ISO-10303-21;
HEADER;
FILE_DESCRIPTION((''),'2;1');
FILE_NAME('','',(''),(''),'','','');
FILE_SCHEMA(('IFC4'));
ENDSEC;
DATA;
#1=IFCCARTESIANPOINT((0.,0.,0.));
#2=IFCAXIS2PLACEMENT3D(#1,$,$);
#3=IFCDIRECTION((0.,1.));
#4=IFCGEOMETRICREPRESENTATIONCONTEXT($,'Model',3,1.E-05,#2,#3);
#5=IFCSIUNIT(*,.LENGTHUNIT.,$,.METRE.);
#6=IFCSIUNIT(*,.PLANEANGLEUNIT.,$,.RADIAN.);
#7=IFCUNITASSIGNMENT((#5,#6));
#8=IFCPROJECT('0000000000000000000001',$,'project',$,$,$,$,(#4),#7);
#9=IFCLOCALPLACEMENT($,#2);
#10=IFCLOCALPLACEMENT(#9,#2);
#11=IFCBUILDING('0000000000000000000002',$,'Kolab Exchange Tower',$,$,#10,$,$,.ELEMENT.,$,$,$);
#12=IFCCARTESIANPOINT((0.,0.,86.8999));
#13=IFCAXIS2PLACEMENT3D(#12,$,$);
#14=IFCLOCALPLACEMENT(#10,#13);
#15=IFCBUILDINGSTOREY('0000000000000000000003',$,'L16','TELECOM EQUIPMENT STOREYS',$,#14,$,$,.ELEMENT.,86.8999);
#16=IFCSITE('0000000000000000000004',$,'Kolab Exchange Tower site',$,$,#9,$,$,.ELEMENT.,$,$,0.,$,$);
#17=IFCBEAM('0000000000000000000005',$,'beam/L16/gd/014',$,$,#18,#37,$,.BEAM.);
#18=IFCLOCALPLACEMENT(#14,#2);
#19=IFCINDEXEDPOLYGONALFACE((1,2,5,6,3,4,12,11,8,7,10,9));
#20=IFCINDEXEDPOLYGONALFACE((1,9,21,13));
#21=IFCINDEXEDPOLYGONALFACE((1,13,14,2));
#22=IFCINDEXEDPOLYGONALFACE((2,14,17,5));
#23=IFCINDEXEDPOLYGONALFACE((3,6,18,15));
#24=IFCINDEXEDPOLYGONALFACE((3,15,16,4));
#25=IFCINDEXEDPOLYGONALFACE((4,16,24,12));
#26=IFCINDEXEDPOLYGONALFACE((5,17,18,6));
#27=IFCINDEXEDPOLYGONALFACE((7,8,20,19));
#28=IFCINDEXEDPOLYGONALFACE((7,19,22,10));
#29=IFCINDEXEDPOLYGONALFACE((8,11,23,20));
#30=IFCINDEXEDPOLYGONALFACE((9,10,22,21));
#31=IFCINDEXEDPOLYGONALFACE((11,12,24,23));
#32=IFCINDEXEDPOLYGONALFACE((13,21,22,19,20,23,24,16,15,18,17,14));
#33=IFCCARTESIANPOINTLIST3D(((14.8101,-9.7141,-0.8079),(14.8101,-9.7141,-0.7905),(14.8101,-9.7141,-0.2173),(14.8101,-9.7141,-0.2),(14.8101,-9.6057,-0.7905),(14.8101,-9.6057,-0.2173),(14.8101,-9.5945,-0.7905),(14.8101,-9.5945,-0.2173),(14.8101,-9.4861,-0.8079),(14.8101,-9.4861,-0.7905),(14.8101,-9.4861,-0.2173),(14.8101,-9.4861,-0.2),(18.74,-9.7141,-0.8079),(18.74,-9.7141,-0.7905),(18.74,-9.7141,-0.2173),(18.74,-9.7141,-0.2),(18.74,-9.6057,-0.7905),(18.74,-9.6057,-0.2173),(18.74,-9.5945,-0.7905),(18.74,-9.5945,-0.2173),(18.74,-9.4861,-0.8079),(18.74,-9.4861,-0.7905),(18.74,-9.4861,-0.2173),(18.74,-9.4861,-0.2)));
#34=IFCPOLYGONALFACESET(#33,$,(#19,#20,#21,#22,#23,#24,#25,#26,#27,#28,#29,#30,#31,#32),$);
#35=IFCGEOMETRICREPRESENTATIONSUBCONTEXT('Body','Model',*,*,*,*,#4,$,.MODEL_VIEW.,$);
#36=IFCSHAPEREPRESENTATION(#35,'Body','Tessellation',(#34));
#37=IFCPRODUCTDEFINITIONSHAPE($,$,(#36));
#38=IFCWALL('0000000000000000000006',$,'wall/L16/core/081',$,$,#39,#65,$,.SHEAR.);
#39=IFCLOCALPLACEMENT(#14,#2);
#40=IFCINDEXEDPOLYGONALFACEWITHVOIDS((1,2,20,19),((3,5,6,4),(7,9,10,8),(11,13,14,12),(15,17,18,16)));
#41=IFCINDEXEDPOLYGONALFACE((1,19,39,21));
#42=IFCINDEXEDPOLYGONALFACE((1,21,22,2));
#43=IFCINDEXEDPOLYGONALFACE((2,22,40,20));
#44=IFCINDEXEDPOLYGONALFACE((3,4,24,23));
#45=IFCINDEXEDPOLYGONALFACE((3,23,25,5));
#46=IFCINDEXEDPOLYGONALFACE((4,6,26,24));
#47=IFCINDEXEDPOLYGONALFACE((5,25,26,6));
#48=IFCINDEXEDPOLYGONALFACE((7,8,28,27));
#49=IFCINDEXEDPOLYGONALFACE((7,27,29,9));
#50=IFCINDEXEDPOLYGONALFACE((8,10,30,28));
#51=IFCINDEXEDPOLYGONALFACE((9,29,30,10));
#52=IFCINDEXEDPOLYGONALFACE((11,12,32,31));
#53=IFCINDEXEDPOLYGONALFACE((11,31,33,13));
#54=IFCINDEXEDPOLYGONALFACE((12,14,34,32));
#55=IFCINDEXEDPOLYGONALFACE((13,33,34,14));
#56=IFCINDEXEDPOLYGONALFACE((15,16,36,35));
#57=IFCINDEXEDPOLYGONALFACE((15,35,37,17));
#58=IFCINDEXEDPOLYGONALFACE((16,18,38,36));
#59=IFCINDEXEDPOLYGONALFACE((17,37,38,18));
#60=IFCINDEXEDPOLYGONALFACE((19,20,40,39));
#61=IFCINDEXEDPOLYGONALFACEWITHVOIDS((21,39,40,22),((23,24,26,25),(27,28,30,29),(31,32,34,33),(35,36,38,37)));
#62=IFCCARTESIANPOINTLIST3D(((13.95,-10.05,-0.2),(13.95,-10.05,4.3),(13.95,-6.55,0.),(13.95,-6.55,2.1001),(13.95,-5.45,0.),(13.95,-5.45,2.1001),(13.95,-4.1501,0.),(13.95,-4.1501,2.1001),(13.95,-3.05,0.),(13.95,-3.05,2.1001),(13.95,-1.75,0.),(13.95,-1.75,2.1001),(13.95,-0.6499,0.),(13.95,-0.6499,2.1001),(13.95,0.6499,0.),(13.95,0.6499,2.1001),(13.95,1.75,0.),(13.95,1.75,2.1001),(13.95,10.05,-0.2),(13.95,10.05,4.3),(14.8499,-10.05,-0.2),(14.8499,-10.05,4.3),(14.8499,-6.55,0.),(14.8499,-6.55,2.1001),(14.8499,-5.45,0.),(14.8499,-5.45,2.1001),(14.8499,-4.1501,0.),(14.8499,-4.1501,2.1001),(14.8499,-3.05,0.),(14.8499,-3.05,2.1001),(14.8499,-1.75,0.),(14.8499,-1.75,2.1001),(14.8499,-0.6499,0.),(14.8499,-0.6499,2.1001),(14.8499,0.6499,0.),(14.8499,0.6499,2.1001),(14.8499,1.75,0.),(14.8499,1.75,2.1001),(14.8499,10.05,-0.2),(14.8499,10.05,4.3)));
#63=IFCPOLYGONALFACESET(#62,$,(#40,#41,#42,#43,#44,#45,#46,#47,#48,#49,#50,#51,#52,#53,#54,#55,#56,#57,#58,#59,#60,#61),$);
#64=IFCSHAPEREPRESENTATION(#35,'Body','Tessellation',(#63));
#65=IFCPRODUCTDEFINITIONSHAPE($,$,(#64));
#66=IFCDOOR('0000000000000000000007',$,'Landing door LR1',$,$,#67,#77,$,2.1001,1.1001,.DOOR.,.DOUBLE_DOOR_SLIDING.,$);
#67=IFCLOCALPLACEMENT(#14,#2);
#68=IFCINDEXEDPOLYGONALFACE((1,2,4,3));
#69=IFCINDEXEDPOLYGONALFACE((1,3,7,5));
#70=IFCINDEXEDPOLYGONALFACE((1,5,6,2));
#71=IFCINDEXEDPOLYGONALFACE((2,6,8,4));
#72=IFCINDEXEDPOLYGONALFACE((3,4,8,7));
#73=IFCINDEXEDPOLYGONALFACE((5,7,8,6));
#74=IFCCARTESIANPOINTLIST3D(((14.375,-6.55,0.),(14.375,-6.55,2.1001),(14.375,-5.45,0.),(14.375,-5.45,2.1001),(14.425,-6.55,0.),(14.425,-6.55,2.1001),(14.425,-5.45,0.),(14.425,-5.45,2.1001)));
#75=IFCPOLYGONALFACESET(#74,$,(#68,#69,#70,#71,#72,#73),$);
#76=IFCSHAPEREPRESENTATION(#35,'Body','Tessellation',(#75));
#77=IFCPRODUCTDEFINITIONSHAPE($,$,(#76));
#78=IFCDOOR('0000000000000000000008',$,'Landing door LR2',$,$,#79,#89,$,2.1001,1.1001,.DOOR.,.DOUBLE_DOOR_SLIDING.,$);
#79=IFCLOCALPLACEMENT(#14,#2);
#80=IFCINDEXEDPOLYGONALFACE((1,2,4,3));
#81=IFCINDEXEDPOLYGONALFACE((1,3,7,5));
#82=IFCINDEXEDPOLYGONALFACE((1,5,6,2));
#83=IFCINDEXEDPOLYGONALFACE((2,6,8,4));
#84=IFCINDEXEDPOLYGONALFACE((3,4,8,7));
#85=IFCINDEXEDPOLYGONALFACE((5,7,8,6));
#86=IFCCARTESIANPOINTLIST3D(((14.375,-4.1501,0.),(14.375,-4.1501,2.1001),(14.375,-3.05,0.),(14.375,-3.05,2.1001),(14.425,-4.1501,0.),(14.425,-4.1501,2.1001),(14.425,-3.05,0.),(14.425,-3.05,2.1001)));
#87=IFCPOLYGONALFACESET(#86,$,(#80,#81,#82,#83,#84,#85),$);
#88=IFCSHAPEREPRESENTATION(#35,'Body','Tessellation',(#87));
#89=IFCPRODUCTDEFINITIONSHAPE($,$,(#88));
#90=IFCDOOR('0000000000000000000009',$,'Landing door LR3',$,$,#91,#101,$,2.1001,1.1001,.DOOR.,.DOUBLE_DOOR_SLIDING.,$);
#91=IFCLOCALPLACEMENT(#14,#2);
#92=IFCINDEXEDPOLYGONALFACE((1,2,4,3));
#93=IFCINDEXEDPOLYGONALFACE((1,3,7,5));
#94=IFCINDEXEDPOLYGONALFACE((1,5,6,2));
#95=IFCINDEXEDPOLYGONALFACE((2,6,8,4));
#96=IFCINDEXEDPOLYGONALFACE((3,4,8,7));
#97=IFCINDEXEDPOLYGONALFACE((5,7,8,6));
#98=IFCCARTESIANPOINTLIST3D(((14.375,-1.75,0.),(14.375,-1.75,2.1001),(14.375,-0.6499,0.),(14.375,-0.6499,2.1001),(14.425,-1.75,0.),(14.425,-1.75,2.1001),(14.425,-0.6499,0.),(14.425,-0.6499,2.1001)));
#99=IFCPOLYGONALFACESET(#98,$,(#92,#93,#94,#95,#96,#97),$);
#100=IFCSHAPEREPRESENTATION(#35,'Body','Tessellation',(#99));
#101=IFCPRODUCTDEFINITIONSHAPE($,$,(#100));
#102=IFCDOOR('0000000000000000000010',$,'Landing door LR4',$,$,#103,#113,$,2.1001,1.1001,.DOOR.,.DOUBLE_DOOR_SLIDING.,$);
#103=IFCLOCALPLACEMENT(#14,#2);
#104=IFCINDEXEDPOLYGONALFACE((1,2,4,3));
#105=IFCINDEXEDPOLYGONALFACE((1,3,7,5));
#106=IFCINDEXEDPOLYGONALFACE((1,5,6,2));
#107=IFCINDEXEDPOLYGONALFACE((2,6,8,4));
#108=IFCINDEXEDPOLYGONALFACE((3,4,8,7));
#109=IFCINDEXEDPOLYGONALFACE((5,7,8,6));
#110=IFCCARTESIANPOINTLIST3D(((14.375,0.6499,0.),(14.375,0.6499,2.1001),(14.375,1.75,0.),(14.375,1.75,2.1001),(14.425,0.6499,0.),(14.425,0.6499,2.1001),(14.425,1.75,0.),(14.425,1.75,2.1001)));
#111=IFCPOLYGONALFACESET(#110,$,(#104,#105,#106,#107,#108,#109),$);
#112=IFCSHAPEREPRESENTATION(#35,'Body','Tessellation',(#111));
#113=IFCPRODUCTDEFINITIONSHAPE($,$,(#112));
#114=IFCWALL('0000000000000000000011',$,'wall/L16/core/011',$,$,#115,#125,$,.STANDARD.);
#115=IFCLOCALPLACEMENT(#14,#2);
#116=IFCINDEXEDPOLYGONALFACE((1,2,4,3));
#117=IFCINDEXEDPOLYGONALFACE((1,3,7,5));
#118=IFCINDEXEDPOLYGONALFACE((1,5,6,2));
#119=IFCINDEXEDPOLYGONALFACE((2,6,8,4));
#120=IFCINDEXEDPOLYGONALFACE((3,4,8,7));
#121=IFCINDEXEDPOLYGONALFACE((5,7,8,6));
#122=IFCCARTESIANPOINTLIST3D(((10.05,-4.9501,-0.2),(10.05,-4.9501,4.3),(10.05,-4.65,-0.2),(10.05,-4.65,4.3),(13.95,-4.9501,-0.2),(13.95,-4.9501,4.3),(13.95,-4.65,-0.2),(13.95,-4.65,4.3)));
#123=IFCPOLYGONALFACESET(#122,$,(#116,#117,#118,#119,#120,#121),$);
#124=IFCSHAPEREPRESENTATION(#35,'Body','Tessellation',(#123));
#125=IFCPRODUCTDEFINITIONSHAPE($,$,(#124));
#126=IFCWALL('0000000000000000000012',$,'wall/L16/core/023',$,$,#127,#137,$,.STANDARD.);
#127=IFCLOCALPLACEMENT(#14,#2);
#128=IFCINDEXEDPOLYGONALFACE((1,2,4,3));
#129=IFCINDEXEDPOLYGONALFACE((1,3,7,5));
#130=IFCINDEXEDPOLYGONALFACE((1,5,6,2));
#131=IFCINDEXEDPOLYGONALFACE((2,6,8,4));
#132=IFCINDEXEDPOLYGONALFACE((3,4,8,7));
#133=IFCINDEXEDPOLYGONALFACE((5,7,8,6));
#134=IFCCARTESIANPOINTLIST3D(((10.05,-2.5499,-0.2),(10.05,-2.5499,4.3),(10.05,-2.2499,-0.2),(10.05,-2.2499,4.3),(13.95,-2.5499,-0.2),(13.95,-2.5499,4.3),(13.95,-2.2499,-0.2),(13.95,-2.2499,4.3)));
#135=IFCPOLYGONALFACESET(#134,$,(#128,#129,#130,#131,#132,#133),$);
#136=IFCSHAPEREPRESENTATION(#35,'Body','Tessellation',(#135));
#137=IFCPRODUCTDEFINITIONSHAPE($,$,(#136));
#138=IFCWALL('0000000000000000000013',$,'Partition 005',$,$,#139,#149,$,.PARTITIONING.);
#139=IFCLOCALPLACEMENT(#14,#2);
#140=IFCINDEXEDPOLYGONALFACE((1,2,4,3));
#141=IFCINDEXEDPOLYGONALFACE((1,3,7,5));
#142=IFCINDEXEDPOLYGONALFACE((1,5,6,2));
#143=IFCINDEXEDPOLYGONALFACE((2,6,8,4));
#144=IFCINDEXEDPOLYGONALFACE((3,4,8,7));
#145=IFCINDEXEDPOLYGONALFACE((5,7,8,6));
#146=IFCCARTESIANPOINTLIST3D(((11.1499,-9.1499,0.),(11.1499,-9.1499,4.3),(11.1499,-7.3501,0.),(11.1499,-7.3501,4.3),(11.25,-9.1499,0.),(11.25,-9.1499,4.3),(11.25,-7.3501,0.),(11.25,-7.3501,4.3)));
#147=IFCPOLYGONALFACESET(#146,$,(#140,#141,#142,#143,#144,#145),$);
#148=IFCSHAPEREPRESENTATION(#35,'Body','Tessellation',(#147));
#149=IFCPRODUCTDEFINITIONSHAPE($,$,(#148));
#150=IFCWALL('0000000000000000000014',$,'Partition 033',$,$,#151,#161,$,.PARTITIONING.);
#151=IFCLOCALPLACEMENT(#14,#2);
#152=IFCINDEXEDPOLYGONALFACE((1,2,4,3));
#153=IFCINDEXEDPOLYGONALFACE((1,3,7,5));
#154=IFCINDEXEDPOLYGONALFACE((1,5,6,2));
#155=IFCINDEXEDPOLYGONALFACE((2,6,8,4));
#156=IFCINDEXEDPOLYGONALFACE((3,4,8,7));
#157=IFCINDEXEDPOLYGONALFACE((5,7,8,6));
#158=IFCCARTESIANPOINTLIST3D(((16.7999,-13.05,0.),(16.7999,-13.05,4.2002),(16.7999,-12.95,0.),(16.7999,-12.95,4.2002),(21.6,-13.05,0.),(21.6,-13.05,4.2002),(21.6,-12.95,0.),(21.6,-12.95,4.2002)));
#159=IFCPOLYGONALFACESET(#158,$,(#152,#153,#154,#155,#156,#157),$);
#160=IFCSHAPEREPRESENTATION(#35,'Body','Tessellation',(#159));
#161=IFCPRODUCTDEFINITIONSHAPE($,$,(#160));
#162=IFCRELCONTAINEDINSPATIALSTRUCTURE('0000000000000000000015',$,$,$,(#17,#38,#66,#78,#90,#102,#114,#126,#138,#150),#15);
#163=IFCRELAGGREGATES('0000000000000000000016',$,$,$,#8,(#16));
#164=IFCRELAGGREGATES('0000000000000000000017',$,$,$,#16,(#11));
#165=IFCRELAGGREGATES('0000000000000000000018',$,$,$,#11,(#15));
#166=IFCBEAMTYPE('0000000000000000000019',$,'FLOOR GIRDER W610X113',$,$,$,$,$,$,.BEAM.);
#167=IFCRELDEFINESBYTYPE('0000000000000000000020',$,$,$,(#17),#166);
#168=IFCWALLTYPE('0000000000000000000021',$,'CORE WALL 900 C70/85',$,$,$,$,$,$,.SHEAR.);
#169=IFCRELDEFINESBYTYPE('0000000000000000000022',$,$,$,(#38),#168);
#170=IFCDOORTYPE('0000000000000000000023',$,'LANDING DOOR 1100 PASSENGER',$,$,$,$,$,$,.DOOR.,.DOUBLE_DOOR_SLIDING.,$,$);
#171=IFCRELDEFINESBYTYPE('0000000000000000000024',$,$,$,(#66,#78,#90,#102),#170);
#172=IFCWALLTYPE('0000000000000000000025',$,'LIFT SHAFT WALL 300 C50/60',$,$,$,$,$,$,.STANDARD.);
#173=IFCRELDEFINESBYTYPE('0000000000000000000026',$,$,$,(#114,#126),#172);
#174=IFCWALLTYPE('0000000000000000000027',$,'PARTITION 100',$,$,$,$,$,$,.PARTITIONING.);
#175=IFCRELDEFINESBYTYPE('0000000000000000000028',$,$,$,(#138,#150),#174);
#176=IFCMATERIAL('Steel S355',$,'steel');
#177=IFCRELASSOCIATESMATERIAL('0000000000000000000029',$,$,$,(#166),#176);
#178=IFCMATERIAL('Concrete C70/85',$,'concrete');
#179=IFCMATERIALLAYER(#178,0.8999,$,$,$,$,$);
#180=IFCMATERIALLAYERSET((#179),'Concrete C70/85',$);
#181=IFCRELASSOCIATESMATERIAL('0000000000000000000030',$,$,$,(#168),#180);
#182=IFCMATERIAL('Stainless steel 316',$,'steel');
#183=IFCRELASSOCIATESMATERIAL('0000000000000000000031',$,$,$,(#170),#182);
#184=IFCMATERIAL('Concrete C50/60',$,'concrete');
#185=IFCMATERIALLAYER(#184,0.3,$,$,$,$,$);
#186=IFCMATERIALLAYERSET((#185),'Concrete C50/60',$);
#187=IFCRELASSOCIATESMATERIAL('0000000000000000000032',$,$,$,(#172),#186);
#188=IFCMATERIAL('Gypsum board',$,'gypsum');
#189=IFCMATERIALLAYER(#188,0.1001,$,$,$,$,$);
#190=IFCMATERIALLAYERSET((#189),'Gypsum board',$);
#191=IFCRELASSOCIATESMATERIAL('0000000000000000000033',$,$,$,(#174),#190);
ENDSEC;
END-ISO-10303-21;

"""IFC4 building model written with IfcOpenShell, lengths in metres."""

from ifc_helpers import new_model, si_unit, direction, frame, frame_2d, origin, origin_2d, place, context, subcontext, project, spatial, rectangle, i_section, extrude, material, layer, layer_set, material_profile, profile_set, type_object, element, fill, save


model = new_model("IFC4")

# Units and contexts
model_context = context("Model", 3, precision=1e-05, world=origin(), true_north=direction((0.0, 1.0)))
body_context = subcontext(model_context, "Body", "Model", "MODEL_VIEW")
ifc_project = project(units=[si_unit("LENGTHUNIT", "METRE"), si_unit("PLANEANGLEUNIT", "RADIAN")], contexts=[model_context])

# Site, building, storey
site_placement = place(None, origin())
site = spatial("IfcSite", under=ifc_project, at=site_placement, Name="Kolab Exchange Tower site", CompositionType="ELEMENT", RefElevation=0.0)
building_placement = place(site_placement, origin())
building = spatial("IfcBuilding", under=site, at=building_placement, Name="Kolab Exchange Tower", CompositionType="ELEMENT")
storey_placement = place(building_placement, frame((0.0, 0.0, 86.8999)))
storey = spatial("IfcBuildingStorey", under=building, at=storey_placement, Name="L16", Description="TELECOM EQUIPMENT STOREYS", CompositionType="ELEMENT", Elevation=86.8999)

# Beam
ifc_material_1 = material(Name="Steel S355", Category="steel")
ifc_material_profile = material_profile(ifc_material_1, i_section(OverallWidth=0.228, OverallDepth=0.6079, WebThickness=0.0112, FlangeThickness=0.0173, at=origin_2d()), Name="W610X113")
ifc_profile_set = profile_set([ifc_material_profile], Name="Steel S355")
beam_type = type_object("IfcBeamType", Name="FLOOR GIRDER W610X113", PredefinedType="BEAM", material=ifc_profile_set)
beam_placement = place(storey_placement, frame((14.8101, -9.6001, -0.5039), z_axis=(1.0, 0.0, 0.0), x_axis=(0.0, 1.0, 0.0)))
element("IfcBeam", 1, at=beam_placement, inside=storey, type_object=beam_type, Name="beam/L16/gd/014", PredefinedType="BEAM", context=body_context, shape_type="SweptSolid", body=[
    extrude(i_section(OverallWidth=0.228, OverallDepth=0.6079, WebThickness=0.0112, FlangeThickness=0.0173, at=origin_2d()), origin(), (0.0, 0.0, 1.0), 3.9299),
])

# Wall, openings, doors
ifc_material_2 = material(Name="Concrete C70/85", Category="concrete")
ifc_layer_1 = layer(ifc_material_2, 0.8999)
ifc_layer_set_1 = layer_set([ifc_layer_1], Name="Concrete C70/85")
wall_type_1 = type_object("IfcWallType", Name="CORE WALL 900 C70/85", PredefinedType="SHEAR", material=ifc_layer_set_1)
wall_1_placement = place(storey_placement, frame((14.3999, -10.05, -0.2), z_axis=(0.0, 0.0, 1.0), x_axis=(0.0, 1.0, 0.0)))
wall_1 = element("IfcWall", 2, at=wall_1_placement, inside=storey, type_object=wall_type_1, Name="wall/L16/core/081", PredefinedType="SHEAR", context=body_context, shape_type="SweptSolid", body=[
    extrude(rectangle(XDim=20.1001, YDim=0.8999, at=frame_2d((10.05, 0.0))), origin(), (0.0, 0.0, 1.0), 4.5),
])
opening_1_placement = place(wall_1_placement, frame((3.5, 0.0, 0.2)))
opening_1 = element("IfcOpeningElement", 3, at=opening_1_placement, cuts=wall_1, PredefinedType="OPENING", context=body_context, shape_type="SweptSolid", body=[
    extrude(rectangle(XDim=1.1001, YDim=2.1001, at=frame_2d((0.55, 1.05))), frame((0.0, 0.46, 0.0), z_axis=(0.0, -1.0, 0.0), x_axis=(1.0, 0.0, 0.0)), (0.0, 0.0, 1.0), 0.9199),
])
opening_2_placement = place(wall_1_placement, frame((5.8999, 0.0, 0.2)))
opening_2 = element("IfcOpeningElement", 4, at=opening_2_placement, cuts=wall_1, PredefinedType="OPENING", context=body_context, shape_type="SweptSolid", body=[
    extrude(rectangle(XDim=1.1001, YDim=2.1001, at=frame_2d((0.55, 1.05))), frame((0.0, 0.46, 0.0), z_axis=(0.0, -1.0, 0.0), x_axis=(1.0, 0.0, 0.0)), (0.0, 0.0, 1.0), 0.9199),
])
opening_3_placement = place(wall_1_placement, frame((8.3, 0.0, 0.2)))
opening_3 = element("IfcOpeningElement", 5, at=opening_3_placement, cuts=wall_1, PredefinedType="OPENING", context=body_context, shape_type="SweptSolid", body=[
    extrude(rectangle(XDim=1.1001, YDim=2.1001, at=frame_2d((0.55, 1.05))), frame((0.0, 0.46, 0.0), z_axis=(0.0, -1.0, 0.0), x_axis=(1.0, 0.0, 0.0)), (0.0, 0.0, 1.0), 0.9199),
])
opening_4_placement = place(wall_1_placement, frame((10.7, 0.0, 0.2)))
opening_4 = element("IfcOpeningElement", 6, at=opening_4_placement, cuts=wall_1, PredefinedType="OPENING", context=body_context, shape_type="SweptSolid", body=[
    extrude(rectangle(XDim=1.1001, YDim=2.1001, at=frame_2d((0.55, 1.05))), frame((0.0, 0.46, 0.0), z_axis=(0.0, -1.0, 0.0), x_axis=(1.0, 0.0, 0.0)), (0.0, 0.0, 1.0), 0.9199),
])
ifc_material_3 = material(Name="Stainless steel 316", Category="steel")
door_type_1 = type_object("IfcDoorType", Name="LANDING DOOR 1100 PASSENGER", OperationType="DOUBLE_DOOR_SLIDING", PredefinedType="DOOR", material=ifc_material_3)
door_1_placement = place(opening_1_placement, origin())
door_1 = element("IfcDoor", 7, at=door_1_placement, inside=storey, type_object=door_type_1, Name="Landing door LR1", OperationType="DOUBLE_DOOR_SLIDING", OverallHeight=2.1001, OverallWidth=1.1001, PredefinedType="DOOR", context=body_context, shape_type="SweptSolid", body=[
    extrude(rectangle(XDim=1.1001, YDim=2.1001, at=frame_2d((0.55, 1.05))), frame((0.0, 0.0249, 0.0), z_axis=(0.0, -1.0, 0.0), x_axis=(1.0, 0.0, 0.0)), (0.0, 0.0, 1.0), 0.05),
])
fill(opening_1, door_1)
door_2_placement = place(opening_2_placement, origin())
door_2 = element("IfcDoor", 8, at=door_2_placement, inside=storey, type_object=door_type_1, Name="Landing door LR2", OperationType="DOUBLE_DOOR_SLIDING", OverallHeight=2.1001, OverallWidth=1.1001, PredefinedType="DOOR", context=body_context, shape_type="SweptSolid", body=[
    extrude(rectangle(XDim=1.1001, YDim=2.1001, at=frame_2d((0.55, 1.05))), frame((0.0, 0.0249, 0.0), z_axis=(0.0, -1.0, 0.0), x_axis=(1.0, 0.0, 0.0)), (0.0, 0.0, 1.0), 0.05),
])
fill(opening_2, door_2)
door_3_placement = place(opening_3_placement, origin())
door_3 = element("IfcDoor", 9, at=door_3_placement, inside=storey, type_object=door_type_1, Name="Landing door LR3", OperationType="DOUBLE_DOOR_SLIDING", OverallHeight=2.1001, OverallWidth=1.1001, PredefinedType="DOOR", context=body_context, shape_type="SweptSolid", body=[
    extrude(rectangle(XDim=1.1001, YDim=2.1001, at=frame_2d((0.55, 1.05))), frame((0.0, 0.0249, 0.0), z_axis=(0.0, -1.0, 0.0), x_axis=(1.0, 0.0, 0.0)), (0.0, 0.0, 1.0), 0.05),
])
fill(opening_3, door_3)
door_4_placement = place(opening_4_placement, origin())
door_4 = element("IfcDoor", 10, at=door_4_placement, inside=storey, type_object=door_type_1, Name="Landing door LR4", OperationType="DOUBLE_DOOR_SLIDING", OverallHeight=2.1001, OverallWidth=1.1001, PredefinedType="DOOR", context=body_context, shape_type="SweptSolid", body=[
    extrude(rectangle(XDim=1.1001, YDim=2.1001, at=frame_2d((0.55, 1.05))), frame((0.0, 0.0249, 0.0), z_axis=(0.0, -1.0, 0.0), x_axis=(1.0, 0.0, 0.0)), (0.0, 0.0, 1.0), 0.05),
])
fill(opening_4, door_4)

# Walls
ifc_material_4 = material(Name="Concrete C50/60", Category="concrete")
ifc_layer_2 = layer(ifc_material_4, 0.3)
ifc_layer_set_2 = layer_set([ifc_layer_2], Name="Concrete C50/60")
wall_type_2 = type_object("IfcWallType", Name="LIFT SHAFT WALL 300 C50/60", PredefinedType="STANDARD", material=ifc_layer_set_2)
for number, where, z_axis, x_axis, name in (
    (11, (10.05, -4.8, -0.2), (0.0, 0.0, 1.0), (1.0, 0.0, 0.0), "wall/L16/core/011"),
    (12, (10.05, -2.3999, -0.2), (0.0, 0.0, 1.0), (1.0, 0.0, 0.0), "wall/L16/core/023"),
):
    element("IfcWall", number, at=place(storey_placement, frame(where, z_axis=z_axis, x_axis=x_axis)), inside=storey, type_object=wall_type_2, Name=name, PredefinedType="STANDARD", context=body_context, shape_type="SweptSolid", body=[
        extrude(rectangle(XDim=3.8999, YDim=0.3, at=frame_2d((1.95, 0.0))), origin(), (0.0, 0.0, 1.0), 4.5),
    ])
ifc_material_5 = material(Name="Gypsum board", Category="gypsum")
ifc_layer_3 = layer(ifc_material_5, 0.1001)
ifc_layer_set_3 = layer_set([ifc_layer_3], Name="Gypsum board")
wall_type_3 = type_object("IfcWallType", Name="PARTITION 100", PredefinedType="PARTITIONING", material=ifc_layer_set_3)
wall_2_placement = place(storey_placement, frame((11.2, -9.1499, 0.0), z_axis=(0.0, 0.0, 1.0), x_axis=(0.0, 1.0, 0.0)))
element("IfcWall", 13, at=wall_2_placement, inside=storey, type_object=wall_type_3, Name="Partition 005", PredefinedType="PARTITIONING", context=body_context, shape_type="SweptSolid", body=[
    extrude(rectangle(XDim=1.7998, YDim=0.1001, at=frame_2d((0.8999, 0.0))), origin(), (0.0, 0.0, 1.0), 4.3),
])
wall_3_placement = place(storey_placement, frame((16.8, -13.0, 0.0), z_axis=(0.0, 0.0, 1.0), x_axis=(1.0, 0.0, 0.0)))
element("IfcWall", 14, at=wall_3_placement, inside=storey, type_object=wall_type_3, Name="Partition 033", PredefinedType="PARTITIONING", context=body_context, shape_type="SweptSolid", body=[
    extrude(rectangle(XDim=4.8, YDim=0.1001, at=frame_2d((2.3999, 0.0))), origin(), (0.0, 0.0, 1.0), 4.2002),
])

save(model, "model.ifc")
